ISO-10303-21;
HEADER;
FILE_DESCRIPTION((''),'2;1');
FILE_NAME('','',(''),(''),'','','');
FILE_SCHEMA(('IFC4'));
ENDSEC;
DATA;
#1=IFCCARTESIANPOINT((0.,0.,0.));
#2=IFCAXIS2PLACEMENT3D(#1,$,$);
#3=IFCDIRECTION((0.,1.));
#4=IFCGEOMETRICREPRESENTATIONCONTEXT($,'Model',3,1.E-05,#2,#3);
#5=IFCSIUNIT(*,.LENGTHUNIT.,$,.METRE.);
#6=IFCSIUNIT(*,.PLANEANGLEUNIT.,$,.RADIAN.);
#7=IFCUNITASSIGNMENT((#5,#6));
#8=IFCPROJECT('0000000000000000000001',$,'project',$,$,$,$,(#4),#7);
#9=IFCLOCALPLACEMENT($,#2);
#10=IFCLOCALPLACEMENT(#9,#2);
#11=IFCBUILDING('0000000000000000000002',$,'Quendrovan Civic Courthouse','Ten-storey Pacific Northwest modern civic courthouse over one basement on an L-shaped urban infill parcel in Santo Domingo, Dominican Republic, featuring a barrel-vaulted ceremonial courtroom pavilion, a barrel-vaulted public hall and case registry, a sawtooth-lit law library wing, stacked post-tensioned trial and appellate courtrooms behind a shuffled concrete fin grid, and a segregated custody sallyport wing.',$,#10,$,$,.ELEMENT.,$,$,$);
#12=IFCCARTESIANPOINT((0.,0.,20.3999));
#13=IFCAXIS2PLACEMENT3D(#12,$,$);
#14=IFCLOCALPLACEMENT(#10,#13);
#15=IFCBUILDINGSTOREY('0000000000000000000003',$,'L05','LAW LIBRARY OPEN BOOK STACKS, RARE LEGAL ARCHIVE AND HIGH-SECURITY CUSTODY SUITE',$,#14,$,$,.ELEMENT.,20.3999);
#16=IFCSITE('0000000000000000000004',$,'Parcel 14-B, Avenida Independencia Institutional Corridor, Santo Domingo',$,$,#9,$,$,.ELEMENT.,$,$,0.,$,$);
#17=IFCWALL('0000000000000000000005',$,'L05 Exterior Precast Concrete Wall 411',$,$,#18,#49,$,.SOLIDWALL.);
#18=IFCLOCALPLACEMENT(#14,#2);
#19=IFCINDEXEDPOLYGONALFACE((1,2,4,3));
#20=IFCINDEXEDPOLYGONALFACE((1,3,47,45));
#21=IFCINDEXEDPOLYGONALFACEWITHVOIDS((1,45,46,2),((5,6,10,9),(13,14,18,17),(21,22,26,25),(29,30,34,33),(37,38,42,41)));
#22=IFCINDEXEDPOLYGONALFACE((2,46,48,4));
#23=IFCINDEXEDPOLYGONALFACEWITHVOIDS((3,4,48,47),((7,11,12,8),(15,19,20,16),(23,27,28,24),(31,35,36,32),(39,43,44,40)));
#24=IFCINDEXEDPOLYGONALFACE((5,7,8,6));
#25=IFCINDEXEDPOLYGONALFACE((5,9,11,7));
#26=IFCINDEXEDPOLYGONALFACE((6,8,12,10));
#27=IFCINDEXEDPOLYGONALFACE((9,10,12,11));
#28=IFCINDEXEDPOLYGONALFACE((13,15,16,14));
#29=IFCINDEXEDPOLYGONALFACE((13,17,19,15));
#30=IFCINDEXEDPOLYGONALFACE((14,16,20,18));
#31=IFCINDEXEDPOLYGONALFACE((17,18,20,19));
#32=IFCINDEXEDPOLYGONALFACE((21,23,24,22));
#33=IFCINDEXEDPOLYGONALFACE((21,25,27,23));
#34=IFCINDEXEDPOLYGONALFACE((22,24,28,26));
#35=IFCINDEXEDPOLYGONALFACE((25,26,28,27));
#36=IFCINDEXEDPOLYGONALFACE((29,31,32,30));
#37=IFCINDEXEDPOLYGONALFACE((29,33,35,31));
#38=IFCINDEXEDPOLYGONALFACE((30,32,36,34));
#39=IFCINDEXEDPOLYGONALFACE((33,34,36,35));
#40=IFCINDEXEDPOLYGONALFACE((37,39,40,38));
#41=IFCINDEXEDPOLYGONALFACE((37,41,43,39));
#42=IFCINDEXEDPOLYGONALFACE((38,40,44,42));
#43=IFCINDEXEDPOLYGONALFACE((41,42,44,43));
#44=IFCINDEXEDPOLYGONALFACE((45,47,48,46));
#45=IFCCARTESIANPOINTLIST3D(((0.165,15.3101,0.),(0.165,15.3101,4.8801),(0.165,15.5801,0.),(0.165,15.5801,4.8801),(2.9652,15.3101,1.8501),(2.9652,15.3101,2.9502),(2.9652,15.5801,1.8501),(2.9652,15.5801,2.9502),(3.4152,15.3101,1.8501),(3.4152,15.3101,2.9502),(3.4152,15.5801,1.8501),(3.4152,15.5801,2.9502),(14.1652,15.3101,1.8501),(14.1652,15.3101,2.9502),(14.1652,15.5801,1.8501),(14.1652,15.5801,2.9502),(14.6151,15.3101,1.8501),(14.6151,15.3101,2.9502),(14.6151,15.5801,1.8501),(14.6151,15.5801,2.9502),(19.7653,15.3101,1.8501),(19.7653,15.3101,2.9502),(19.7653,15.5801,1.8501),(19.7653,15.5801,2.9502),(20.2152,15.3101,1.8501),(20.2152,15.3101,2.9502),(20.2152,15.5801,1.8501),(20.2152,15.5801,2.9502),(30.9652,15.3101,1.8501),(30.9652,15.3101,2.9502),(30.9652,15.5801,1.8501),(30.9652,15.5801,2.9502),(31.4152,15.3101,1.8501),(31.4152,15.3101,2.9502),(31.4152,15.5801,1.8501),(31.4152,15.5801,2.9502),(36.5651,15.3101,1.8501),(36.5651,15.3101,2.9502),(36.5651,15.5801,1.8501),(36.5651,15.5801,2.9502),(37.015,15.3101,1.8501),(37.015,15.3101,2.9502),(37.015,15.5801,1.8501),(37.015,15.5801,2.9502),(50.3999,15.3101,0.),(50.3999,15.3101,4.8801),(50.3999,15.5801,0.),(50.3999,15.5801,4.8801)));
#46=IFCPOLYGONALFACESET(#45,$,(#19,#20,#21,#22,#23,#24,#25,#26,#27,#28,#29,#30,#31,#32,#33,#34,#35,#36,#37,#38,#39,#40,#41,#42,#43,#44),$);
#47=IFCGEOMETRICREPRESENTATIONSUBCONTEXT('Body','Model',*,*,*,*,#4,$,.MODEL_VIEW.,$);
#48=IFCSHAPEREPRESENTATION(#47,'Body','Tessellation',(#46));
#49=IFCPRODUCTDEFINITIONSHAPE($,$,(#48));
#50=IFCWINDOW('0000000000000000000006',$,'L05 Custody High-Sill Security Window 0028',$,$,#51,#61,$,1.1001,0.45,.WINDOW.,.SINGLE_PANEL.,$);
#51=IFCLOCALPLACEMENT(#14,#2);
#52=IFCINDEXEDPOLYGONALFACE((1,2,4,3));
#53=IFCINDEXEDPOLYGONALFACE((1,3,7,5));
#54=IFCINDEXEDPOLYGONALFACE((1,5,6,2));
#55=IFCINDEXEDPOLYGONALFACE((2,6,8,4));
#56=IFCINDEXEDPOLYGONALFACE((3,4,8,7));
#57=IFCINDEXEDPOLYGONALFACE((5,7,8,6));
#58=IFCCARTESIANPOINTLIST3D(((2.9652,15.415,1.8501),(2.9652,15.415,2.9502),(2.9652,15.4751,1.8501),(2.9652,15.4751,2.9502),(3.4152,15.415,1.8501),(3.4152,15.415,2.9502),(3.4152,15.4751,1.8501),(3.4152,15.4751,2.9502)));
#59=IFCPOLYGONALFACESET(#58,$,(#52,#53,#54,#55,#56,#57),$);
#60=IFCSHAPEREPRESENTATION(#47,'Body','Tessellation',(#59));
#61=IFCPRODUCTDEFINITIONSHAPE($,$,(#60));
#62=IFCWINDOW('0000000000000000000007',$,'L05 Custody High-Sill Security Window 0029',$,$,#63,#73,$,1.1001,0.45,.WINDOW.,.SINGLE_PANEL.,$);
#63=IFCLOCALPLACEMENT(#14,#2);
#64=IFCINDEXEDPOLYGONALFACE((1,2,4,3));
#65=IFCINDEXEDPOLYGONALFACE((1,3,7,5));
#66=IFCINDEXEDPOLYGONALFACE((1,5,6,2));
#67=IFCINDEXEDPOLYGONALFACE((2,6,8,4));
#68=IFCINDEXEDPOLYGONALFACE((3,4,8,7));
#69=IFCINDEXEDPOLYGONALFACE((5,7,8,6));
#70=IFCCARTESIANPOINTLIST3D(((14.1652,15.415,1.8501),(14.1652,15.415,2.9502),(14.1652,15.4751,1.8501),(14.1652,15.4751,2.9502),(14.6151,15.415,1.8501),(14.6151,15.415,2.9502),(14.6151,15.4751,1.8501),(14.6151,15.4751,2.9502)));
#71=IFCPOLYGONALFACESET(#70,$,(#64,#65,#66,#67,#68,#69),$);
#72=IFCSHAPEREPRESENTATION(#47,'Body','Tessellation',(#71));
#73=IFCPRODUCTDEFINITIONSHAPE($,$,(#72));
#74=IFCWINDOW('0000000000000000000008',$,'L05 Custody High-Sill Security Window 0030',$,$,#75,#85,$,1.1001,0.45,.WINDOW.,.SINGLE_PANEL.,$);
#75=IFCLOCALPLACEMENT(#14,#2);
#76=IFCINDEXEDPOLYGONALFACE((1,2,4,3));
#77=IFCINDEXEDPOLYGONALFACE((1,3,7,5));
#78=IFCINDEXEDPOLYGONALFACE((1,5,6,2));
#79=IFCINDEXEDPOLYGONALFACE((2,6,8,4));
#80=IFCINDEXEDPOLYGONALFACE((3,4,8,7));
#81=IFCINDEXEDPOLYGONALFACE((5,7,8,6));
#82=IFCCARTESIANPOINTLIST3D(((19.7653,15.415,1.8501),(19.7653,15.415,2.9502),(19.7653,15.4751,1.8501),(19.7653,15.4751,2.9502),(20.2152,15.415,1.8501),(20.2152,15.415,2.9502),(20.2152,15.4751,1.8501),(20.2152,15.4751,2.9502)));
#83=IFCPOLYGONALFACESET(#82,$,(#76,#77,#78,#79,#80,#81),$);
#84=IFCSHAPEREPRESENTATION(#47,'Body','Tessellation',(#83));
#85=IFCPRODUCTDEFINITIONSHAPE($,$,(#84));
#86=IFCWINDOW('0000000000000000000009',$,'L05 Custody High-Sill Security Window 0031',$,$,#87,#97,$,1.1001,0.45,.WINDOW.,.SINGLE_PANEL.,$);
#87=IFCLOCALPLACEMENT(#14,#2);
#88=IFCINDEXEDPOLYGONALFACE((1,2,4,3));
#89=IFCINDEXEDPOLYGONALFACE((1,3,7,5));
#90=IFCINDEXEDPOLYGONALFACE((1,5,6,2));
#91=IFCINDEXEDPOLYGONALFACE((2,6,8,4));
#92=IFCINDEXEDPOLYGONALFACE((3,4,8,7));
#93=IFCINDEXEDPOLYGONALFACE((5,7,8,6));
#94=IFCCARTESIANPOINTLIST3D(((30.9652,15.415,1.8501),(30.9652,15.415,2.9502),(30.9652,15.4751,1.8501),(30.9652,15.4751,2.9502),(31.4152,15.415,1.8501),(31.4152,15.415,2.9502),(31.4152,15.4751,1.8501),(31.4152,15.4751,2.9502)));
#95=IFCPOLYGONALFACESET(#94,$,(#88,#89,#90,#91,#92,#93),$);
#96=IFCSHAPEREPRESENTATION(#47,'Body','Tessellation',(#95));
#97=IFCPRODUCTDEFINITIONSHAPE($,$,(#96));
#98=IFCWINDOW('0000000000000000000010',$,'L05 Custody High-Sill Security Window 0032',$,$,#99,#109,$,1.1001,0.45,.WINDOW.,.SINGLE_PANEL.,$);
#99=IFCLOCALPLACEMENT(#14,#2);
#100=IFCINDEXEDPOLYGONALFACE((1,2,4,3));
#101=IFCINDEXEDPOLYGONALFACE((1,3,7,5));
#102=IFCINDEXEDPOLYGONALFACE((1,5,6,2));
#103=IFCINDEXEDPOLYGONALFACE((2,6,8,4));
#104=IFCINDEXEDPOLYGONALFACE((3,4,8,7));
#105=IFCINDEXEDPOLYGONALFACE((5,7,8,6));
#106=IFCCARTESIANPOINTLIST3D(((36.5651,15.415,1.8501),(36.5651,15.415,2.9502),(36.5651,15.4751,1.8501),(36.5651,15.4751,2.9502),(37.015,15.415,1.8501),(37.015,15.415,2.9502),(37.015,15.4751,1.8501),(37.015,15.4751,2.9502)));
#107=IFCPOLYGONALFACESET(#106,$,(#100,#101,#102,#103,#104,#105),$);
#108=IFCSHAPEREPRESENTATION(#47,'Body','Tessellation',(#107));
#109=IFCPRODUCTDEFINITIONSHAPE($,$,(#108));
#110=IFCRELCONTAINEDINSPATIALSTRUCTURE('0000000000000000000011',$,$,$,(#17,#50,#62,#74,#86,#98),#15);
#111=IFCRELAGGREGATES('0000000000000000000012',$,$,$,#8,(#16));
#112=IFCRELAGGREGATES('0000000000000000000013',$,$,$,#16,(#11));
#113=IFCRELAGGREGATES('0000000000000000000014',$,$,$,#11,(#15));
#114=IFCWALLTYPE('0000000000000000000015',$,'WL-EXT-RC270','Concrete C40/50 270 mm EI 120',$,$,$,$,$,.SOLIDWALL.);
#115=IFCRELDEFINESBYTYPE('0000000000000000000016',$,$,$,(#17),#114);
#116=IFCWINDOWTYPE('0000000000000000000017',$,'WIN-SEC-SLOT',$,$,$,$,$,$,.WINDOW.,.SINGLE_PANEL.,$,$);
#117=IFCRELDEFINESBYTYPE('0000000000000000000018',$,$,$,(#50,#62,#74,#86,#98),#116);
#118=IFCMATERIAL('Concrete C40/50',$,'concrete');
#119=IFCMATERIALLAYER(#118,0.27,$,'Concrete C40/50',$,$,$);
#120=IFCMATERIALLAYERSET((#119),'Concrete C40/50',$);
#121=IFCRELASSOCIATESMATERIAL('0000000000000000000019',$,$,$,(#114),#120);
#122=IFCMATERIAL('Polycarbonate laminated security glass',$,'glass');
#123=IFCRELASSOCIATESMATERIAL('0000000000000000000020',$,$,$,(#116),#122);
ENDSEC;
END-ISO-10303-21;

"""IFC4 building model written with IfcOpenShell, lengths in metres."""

from ifc_helpers import new_model, si_unit, direction, frame, frame_2d, origin, place, context, subcontext, project, spatial, rectangle, extrude, material, layer, layer_set, type_object, element, fill, save


model = new_model("IFC4")

# Units and contexts
model_context = context("Model", 3, precision=1e-05, world=origin(), true_north=direction((0.0, 1.0)))
body_context = subcontext(model_context, "Body", "Model", "MODEL_VIEW")
ifc_project = project(units=[si_unit("LENGTHUNIT", "METRE"), si_unit("PLANEANGLEUNIT", "RADIAN")], contexts=[model_context])

# Site, building, storey
site_placement = place(None, origin())
site = spatial("IfcSite", under=ifc_project, at=site_placement, Name="Parcel 14-B, Avenida Independencia Institutional Corridor, Santo Domingo", CompositionType="ELEMENT", RefElevation=0.0)
building_placement = place(site_placement, origin())
building = spatial("IfcBuilding", under=site, at=building_placement, Name="Quendrovan Civic Courthouse", Description="Ten-storey Pacific Northwest modern civic courthouse over one basement on an L-shaped urban infill parcel in Santo Domingo, Dominican Republic, featuring a barrel-vaulted ceremonial courtroom pavilion, a barrel-vaulted public hall and case registry, a sawtooth-lit law library wing, stacked post-tensioned trial and appellate courtrooms behind a shuffled concrete fin grid, and a segregated custody sallyport wing.", CompositionType="ELEMENT")
storey_placement = place(building_placement, frame((0.0, 0.0, 20.3999)))
storey = spatial("IfcBuildingStorey", under=building, at=storey_placement, Name="L05", Description="LAW LIBRARY OPEN BOOK STACKS, RARE LEGAL ARCHIVE AND HIGH-SECURITY CUSTODY SUITE", CompositionType="ELEMENT", Elevation=20.3999)

# Shared definitions
ifc_material_1 = material(Name="Concrete C40/50", Category="concrete")

# Wall, openings, windows
ifc_layer_1 = layer(ifc_material_1, 0.27, Name="Concrete C40/50")
ifc_layer_set_1 = layer_set([ifc_layer_1], Name="Concrete C40/50")
wall_type_1 = type_object("IfcWallType", Name="WL-EXT-RC270", Description="Concrete C40/50 270 mm EI 120", PredefinedType="SOLIDWALL", material=ifc_layer_set_1)
wall_1_placement = place(storey_placement, frame((0.165, 15.4451, 0.0), z_axis=(0.0, 0.0, 1.0), x_axis=(1.0, 0.0, 0.0)))
wall_1 = element("IfcWall", 1, at=wall_1_placement, inside=storey, type_object=wall_type_1, Name="L05 Exterior Precast Concrete Wall 411", PredefinedType="SOLIDWALL", context=body_context, shape_type="SweptSolid", body=[
    extrude(rectangle(XDim=50.2349, YDim=0.27, at=frame_2d((25.1174, 0.0))), origin(), (0.0, 0.0, 1.0), 4.8801),
])
opening_1_placement = place(wall_1_placement, frame((2.8, 0.0, 1.8501)))
opening_1 = element("IfcOpeningElement", 2, at=opening_1_placement, cuts=wall_1, PredefinedType="OPENING", context=body_context, shape_type="SweptSolid", body=[
    extrude(rectangle(XDim=0.45, YDim=1.1001, at=frame_2d((0.2251, 0.55))), frame((0.0, 0.145, 0.0), z_axis=(0.0, -1.0, 0.0), x_axis=(1.0, 0.0, 0.0)), (0.0, 0.0, 1.0), 0.29),
])
opening_2_placement = place(wall_1_placement, frame((14.0, 0.0, 1.8501)))
opening_2 = element("IfcOpeningElement", 3, at=opening_2_placement, cuts=wall_1, PredefinedType="OPENING", context=body_context, shape_type="SweptSolid", body=[
    extrude(rectangle(XDim=0.45, YDim=1.1001, at=frame_2d((0.2251, 0.55))), frame((0.0, 0.145, 0.0), z_axis=(0.0, -1.0, 0.0), x_axis=(1.0, 0.0, 0.0)), (0.0, 0.0, 1.0), 0.29),
])
opening_3_placement = place(wall_1_placement, frame((19.6001, 0.0, 1.8501)))
opening_3 = element("IfcOpeningElement", 4, at=opening_3_placement, cuts=wall_1, PredefinedType="OPENING", context=body_context, shape_type="SweptSolid", body=[
    extrude(rectangle(XDim=0.45, YDim=1.1001, at=frame_2d((0.2251, 0.55))), frame((0.0, 0.145, 0.0), z_axis=(0.0, -1.0, 0.0), x_axis=(1.0, 0.0, 0.0)), (0.0, 0.0, 1.0), 0.29),
])
opening_4_placement = place(wall_1_placement, frame((30.8, 0.0, 1.8501)))
opening_4 = element("IfcOpeningElement", 5, at=opening_4_placement, cuts=wall_1, PredefinedType="OPENING", context=body_context, shape_type="SweptSolid", body=[
    extrude(rectangle(XDim=0.45, YDim=1.1001, at=frame_2d((0.2251, 0.55))), frame((0.0, 0.145, 0.0), z_axis=(0.0, -1.0, 0.0), x_axis=(1.0, 0.0, 0.0)), (0.0, 0.0, 1.0), 0.29),
])
opening_5_placement = place(wall_1_placement, frame((36.3999, 0.0, 1.8501)))
opening_5 = element("IfcOpeningElement", 6, at=opening_5_placement, cuts=wall_1, PredefinedType="OPENING", context=body_context, shape_type="SweptSolid", body=[
    extrude(rectangle(XDim=0.45, YDim=1.1001, at=frame_2d((0.2251, 0.55))), frame((0.0, 0.145, 0.0), z_axis=(0.0, -1.0, 0.0), x_axis=(1.0, 0.0, 0.0)), (0.0, 0.0, 1.0), 0.29),
])
ifc_material_2 = material(Name="Polycarbonate laminated security glass", Category="glass")
window_type = type_object("IfcWindowType", Name="WIN-SEC-SLOT", PartitioningType="SINGLE_PANEL", PredefinedType="WINDOW", material=ifc_material_2)
window_1_placement = place(opening_1_placement, origin())
window_1 = element("IfcWindow", 7, at=window_1_placement, inside=storey, type_object=window_type, Name="L05 Custody High-Sill Security Window 0028", OverallHeight=1.1001, OverallWidth=0.45, PartitioningType="SINGLE_PANEL", PredefinedType="WINDOW", context=body_context, shape_type="SweptSolid", body=[
    extrude(rectangle(XDim=0.45, YDim=1.1001, at=frame_2d((0.2251, 0.55))), frame((0.0, 0.03, 0.0), z_axis=(0.0, -1.0, 0.0), x_axis=(1.0, 0.0, 0.0)), (0.0, 0.0, 1.0), 0.0601),
])
fill(opening_1, window_1)
window_2_placement = place(opening_2_placement, origin())
window_2 = element("IfcWindow", 8, at=window_2_placement, inside=storey, type_object=window_type, Name="L05 Custody High-Sill Security Window 0029", OverallHeight=1.1001, OverallWidth=0.45, PartitioningType="SINGLE_PANEL", PredefinedType="WINDOW", context=body_context, shape_type="SweptSolid", body=[
    extrude(rectangle(XDim=0.45, YDim=1.1001, at=frame_2d((0.2251, 0.55))), frame((0.0, 0.03, 0.0), z_axis=(0.0, -1.0, 0.0), x_axis=(1.0, 0.0, 0.0)), (0.0, 0.0, 1.0), 0.0601),
])
fill(opening_2, window_2)
window_3_placement = place(opening_3_placement, origin())
window_3 = element("IfcWindow", 9, at=window_3_placement, inside=storey, type_object=window_type, Name="L05 Custody High-Sill Security Window 0030", OverallHeight=1.1001, OverallWidth=0.45, PartitioningType="SINGLE_PANEL", PredefinedType="WINDOW", context=body_context, shape_type="SweptSolid", body=[
    extrude(rectangle(XDim=0.45, YDim=1.1001, at=frame_2d((0.2251, 0.55))), frame((0.0, 0.03, 0.0), z_axis=(0.0, -1.0, 0.0), x_axis=(1.0, 0.0, 0.0)), (0.0, 0.0, 1.0), 0.0601),
])
fill(opening_3, window_3)
window_4_placement = place(opening_4_placement, origin())
window_4 = element("IfcWindow", 10, at=window_4_placement, inside=storey, type_object=window_type, Name="L05 Custody High-Sill Security Window 0031", OverallHeight=1.1001, OverallWidth=0.45, PartitioningType="SINGLE_PANEL", PredefinedType="WINDOW", context=body_context, shape_type="SweptSolid", body=[
    extrude(rectangle(XDim=0.45, YDim=1.1001, at=frame_2d((0.2251, 0.55))), frame((0.0, 0.03, 0.0), z_axis=(0.0, -1.0, 0.0), x_axis=(1.0, 0.0, 0.0)), (0.0, 0.0, 1.0), 0.0601),
])
fill(opening_4, window_4)
window_5_placement = place(opening_5_placement, origin())
window_5 = element("IfcWindow", 11, at=window_5_placement, inside=storey, type_object=window_type, Name="L05 Custody High-Sill Security Window 0032", OverallHeight=1.1001, OverallWidth=0.45, PartitioningType="SINGLE_PANEL", PredefinedType="WINDOW", context=body_context, shape_type="SweptSolid", body=[
    extrude(rectangle(XDim=0.45, YDim=1.1001, at=frame_2d((0.2251, 0.55))), frame((0.0, 0.03, 0.0), z_axis=(0.0, -1.0, 0.0), x_axis=(1.0, 0.0, 0.0)), (0.0, 0.0, 1.0), 0.0601),
])
fill(opening_5, window_5)

save(model, "model.ifc")
